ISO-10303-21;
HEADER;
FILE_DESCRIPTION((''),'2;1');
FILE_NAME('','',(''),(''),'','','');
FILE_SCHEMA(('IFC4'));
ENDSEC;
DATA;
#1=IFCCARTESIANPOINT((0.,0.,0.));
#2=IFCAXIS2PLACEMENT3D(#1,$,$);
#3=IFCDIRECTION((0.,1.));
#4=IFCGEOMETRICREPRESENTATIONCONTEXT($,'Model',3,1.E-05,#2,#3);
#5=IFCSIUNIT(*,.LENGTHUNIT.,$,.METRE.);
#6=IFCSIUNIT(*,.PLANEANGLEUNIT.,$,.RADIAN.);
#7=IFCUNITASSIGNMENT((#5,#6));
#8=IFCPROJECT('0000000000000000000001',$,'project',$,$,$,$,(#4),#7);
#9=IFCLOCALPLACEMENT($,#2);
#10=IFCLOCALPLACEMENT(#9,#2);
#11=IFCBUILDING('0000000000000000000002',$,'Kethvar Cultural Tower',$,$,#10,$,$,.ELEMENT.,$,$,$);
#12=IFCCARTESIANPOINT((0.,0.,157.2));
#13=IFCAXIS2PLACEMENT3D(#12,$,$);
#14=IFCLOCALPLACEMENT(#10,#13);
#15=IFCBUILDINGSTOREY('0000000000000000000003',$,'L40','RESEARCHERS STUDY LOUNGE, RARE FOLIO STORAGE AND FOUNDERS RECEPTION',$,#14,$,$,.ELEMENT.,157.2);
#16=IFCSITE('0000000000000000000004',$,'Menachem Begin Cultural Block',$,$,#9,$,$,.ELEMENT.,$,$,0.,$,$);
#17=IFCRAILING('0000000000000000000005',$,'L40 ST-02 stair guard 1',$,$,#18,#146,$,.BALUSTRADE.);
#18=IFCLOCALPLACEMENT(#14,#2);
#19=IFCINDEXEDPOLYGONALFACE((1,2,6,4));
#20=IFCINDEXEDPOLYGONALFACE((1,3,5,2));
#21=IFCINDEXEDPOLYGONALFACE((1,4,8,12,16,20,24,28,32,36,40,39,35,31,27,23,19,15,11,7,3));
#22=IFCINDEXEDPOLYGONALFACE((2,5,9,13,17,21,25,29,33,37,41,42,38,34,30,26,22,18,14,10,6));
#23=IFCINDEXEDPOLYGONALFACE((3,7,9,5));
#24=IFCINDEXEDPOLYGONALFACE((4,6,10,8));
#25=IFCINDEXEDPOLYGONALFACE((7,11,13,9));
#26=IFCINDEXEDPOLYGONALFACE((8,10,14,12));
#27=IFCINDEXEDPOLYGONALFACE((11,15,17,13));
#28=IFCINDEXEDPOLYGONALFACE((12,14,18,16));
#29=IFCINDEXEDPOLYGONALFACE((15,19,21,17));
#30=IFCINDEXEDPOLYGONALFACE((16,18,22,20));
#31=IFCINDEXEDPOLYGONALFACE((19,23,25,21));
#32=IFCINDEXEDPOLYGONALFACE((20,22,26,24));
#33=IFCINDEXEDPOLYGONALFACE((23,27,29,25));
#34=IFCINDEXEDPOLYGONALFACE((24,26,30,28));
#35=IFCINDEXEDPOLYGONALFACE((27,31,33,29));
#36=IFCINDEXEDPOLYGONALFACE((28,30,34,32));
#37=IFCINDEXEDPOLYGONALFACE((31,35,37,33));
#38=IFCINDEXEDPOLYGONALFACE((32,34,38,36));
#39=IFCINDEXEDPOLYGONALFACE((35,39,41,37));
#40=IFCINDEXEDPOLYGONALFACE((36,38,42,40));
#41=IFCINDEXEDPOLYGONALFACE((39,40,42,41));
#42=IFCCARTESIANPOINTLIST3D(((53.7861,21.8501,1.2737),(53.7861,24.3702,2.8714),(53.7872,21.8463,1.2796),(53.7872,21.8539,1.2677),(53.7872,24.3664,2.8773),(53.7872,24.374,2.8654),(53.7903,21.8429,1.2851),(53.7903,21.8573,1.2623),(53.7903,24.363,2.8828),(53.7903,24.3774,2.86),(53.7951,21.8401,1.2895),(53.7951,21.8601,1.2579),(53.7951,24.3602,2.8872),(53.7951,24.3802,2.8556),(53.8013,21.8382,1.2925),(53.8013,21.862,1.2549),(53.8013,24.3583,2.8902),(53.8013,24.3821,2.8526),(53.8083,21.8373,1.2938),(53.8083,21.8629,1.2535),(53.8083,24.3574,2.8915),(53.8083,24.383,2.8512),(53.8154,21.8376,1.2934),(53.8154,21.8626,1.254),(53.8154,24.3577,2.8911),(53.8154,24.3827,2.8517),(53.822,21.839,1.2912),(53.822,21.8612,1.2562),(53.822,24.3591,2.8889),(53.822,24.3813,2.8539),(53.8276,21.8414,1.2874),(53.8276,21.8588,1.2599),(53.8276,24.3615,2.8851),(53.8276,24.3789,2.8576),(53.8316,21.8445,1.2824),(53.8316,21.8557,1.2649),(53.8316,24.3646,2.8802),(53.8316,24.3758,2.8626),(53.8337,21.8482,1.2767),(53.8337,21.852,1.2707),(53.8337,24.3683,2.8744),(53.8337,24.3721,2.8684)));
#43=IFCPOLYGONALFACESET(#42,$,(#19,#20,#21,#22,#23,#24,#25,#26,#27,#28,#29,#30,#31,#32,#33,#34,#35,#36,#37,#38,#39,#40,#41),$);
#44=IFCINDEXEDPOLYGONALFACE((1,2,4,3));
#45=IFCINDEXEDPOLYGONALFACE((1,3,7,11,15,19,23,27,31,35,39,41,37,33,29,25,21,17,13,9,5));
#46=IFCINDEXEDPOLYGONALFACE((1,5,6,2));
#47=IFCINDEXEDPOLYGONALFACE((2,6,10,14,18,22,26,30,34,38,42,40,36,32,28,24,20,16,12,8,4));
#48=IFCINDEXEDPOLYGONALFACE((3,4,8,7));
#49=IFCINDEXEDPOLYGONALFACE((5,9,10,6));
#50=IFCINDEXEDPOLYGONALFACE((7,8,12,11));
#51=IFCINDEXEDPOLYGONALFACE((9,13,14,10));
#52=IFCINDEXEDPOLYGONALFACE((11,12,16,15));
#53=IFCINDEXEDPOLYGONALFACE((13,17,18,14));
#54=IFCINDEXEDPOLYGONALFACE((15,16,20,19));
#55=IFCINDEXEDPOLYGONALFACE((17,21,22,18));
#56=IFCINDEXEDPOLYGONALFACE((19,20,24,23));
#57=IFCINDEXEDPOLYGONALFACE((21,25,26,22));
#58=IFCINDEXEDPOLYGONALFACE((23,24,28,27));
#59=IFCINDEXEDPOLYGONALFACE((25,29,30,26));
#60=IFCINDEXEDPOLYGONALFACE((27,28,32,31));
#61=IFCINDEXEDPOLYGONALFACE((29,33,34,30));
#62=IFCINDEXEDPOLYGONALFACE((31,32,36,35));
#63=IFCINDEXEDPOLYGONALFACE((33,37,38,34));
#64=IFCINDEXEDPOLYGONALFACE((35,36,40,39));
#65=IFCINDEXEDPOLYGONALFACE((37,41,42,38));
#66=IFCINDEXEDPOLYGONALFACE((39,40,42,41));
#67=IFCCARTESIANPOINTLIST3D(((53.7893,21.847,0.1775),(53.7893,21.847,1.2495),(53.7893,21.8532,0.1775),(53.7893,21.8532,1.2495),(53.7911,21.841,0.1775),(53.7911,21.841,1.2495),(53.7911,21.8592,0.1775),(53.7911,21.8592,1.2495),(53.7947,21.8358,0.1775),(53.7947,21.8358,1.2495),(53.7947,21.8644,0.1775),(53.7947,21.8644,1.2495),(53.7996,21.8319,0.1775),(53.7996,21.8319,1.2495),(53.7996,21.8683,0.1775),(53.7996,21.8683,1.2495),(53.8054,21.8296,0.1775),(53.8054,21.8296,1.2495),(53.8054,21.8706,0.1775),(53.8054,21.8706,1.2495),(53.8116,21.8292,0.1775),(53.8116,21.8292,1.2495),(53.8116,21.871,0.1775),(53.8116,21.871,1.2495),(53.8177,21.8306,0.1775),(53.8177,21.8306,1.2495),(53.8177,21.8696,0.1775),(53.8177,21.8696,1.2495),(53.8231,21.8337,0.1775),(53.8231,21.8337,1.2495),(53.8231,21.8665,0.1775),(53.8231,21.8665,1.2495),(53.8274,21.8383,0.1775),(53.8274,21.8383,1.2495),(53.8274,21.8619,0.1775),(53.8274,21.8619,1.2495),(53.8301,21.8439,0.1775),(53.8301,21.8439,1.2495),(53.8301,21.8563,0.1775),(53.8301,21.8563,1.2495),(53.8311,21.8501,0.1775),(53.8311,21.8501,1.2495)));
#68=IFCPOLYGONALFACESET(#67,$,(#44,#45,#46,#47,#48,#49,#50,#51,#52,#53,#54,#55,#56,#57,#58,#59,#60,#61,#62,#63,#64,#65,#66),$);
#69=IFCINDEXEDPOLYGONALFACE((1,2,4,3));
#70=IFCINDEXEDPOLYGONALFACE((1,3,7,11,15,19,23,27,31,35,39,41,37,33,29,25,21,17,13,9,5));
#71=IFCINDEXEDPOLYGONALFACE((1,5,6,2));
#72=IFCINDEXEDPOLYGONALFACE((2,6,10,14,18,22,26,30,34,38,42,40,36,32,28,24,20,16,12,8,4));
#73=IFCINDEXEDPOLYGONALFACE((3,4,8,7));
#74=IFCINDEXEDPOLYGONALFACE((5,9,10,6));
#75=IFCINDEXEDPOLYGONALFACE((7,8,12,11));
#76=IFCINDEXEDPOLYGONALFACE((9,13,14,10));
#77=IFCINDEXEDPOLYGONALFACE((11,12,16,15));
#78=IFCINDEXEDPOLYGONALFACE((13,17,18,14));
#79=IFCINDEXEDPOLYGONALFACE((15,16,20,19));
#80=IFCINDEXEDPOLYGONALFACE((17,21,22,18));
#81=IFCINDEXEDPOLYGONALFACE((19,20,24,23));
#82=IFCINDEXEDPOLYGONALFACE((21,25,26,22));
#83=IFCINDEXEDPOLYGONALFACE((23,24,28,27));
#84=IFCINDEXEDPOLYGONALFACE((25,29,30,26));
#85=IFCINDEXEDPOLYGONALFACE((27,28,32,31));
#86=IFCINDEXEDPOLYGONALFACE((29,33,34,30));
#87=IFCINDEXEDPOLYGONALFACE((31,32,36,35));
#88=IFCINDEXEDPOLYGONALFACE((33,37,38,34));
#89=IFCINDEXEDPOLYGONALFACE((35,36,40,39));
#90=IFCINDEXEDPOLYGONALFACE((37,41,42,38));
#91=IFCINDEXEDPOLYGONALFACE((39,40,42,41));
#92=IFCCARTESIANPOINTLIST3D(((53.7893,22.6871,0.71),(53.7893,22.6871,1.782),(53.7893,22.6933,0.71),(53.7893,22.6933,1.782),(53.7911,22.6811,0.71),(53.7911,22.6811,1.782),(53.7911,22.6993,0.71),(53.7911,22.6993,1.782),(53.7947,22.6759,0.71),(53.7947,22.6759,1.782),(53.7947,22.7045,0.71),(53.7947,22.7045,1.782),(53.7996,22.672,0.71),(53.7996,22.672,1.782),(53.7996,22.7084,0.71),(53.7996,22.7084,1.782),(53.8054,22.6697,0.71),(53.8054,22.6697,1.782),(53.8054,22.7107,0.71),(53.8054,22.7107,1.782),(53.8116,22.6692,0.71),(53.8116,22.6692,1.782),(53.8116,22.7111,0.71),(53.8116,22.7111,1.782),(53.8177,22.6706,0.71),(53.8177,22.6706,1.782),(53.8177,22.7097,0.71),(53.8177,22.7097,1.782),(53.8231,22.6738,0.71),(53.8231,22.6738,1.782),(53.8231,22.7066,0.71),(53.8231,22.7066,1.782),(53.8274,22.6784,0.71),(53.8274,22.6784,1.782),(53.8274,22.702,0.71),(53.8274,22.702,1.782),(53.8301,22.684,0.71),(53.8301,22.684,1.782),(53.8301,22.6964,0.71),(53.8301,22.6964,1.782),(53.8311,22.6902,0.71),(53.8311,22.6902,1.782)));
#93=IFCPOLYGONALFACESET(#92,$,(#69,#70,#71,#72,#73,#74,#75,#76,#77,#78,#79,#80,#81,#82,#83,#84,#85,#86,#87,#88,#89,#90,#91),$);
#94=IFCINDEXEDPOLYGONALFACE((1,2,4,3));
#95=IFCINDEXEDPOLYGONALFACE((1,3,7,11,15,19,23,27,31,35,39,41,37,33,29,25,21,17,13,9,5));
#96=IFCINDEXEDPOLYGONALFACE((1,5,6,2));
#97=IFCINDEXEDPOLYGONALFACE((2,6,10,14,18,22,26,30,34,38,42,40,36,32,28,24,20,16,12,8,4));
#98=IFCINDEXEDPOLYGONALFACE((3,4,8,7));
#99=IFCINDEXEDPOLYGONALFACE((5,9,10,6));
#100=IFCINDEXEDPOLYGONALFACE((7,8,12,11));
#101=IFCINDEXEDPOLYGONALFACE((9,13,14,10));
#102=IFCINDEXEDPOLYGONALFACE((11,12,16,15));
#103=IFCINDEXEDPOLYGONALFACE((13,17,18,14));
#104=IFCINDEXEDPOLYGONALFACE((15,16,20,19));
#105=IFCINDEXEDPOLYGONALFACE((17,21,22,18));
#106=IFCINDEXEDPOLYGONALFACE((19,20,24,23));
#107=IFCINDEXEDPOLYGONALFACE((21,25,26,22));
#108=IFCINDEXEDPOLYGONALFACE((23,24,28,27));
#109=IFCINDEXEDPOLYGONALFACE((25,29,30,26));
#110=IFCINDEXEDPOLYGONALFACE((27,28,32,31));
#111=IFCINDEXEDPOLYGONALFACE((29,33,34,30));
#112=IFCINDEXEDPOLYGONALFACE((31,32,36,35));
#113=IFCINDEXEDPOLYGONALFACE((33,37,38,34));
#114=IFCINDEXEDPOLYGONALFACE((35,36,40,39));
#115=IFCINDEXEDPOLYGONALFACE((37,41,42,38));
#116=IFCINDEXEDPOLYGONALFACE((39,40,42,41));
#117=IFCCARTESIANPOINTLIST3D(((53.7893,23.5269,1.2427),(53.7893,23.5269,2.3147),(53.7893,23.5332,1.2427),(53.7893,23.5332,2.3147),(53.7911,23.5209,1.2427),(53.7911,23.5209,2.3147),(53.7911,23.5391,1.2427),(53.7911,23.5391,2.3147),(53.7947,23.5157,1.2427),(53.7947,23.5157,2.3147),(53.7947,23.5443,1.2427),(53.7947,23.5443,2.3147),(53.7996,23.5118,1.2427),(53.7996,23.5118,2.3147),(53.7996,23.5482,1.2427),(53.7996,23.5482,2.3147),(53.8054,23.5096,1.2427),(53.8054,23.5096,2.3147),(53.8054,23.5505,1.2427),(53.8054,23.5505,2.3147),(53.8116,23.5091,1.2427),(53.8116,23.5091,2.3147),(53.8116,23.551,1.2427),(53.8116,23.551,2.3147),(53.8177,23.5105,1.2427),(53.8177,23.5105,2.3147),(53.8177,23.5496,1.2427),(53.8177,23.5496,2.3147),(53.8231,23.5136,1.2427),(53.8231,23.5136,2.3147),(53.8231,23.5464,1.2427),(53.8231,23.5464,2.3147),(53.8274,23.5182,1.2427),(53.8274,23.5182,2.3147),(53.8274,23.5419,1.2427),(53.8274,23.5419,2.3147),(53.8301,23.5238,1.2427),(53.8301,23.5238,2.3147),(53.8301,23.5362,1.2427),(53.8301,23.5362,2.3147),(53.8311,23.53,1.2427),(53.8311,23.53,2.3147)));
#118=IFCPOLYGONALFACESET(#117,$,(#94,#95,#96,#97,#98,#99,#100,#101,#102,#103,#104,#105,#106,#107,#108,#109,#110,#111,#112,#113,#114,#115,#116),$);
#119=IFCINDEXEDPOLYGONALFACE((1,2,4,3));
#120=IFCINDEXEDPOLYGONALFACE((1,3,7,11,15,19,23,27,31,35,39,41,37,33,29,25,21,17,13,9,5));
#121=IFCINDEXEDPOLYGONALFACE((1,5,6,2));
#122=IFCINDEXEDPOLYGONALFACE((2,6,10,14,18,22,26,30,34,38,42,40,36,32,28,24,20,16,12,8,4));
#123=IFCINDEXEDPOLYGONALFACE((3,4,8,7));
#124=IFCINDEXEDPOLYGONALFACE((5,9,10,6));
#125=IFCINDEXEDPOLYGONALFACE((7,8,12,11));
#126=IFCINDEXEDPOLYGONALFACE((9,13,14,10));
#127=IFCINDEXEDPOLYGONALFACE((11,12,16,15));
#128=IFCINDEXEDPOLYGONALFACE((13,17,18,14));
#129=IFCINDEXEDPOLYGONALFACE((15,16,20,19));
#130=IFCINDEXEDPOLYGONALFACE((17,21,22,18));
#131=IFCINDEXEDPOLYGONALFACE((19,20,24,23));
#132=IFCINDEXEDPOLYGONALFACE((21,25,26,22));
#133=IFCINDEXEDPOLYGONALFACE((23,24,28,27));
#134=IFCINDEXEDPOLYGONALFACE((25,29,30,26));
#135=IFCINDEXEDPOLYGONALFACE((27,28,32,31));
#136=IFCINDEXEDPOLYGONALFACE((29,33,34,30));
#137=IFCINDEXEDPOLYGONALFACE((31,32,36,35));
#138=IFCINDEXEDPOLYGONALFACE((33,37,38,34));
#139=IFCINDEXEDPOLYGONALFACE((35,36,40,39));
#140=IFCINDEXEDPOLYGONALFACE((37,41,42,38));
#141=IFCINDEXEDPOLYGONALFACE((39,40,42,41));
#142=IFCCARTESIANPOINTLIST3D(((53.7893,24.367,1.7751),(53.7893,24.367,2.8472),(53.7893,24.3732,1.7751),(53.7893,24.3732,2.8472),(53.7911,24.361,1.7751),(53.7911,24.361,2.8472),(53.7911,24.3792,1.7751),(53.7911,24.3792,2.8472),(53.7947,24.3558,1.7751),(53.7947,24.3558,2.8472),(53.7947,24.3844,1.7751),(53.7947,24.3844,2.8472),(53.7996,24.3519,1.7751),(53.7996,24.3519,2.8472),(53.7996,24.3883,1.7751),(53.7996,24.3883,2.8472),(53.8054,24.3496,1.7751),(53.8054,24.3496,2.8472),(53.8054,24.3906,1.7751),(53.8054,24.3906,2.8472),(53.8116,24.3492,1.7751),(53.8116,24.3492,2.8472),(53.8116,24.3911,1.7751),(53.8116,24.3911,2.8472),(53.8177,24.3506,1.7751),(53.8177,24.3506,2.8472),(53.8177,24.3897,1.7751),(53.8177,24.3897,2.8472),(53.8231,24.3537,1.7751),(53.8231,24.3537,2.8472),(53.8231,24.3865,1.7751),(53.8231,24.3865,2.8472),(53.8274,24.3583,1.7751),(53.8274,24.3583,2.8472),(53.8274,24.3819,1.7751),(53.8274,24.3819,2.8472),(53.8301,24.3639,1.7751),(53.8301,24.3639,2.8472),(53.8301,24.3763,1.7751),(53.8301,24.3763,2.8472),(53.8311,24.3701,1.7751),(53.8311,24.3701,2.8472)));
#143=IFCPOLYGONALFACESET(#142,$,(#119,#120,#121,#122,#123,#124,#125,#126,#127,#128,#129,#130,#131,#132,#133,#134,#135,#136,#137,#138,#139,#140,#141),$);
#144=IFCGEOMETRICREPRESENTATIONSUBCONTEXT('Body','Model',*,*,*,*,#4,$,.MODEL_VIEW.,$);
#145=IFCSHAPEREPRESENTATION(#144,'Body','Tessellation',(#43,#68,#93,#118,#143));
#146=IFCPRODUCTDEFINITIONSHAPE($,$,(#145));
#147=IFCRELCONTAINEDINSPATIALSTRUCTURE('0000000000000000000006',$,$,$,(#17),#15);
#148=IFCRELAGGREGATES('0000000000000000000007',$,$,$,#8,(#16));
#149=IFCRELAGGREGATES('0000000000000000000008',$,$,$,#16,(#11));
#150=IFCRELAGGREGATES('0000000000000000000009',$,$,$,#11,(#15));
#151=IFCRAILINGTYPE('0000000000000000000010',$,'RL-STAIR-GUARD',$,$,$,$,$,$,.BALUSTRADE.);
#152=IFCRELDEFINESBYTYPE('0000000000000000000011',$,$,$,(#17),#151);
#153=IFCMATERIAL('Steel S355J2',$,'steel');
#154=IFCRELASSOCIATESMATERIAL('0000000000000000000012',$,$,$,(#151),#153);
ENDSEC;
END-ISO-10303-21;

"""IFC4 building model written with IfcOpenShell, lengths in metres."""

from ifc_helpers import new_model, si_unit, direction, frame, origin, origin_2d, place, context, subcontext, project, spatial, circle, extrude, material, type_object, element, save


model = new_model("IFC4")

# Units and contexts
model_context = context("Model", 3, precision=1e-05, world=origin(), true_north=direction((0.0, 1.0)))
body_context = subcontext(model_context, "Body", "Model", "MODEL_VIEW")
ifc_project = project(units=[si_unit("LENGTHUNIT", "METRE"), si_unit("PLANEANGLEUNIT", "RADIAN")], contexts=[model_context])

# Site, building, storey
site_placement = place(None, origin())
site = spatial("IfcSite", under=ifc_project, at=site_placement, Name="Menachem Begin Cultural Block", CompositionType="ELEMENT", RefElevation=0.0)
building_placement = place(site_placement, origin())
building = spatial("IfcBuilding", under=site, at=building_placement, Name="Kethvar Cultural Tower", CompositionType="ELEMENT")
storey_placement = place(building_placement, frame((0.0, 0.0, 157.2)))
storey = spatial("IfcBuildingStorey", under=building, at=storey_placement, Name="L40", Description="RESEARCHERS STUDY LOUNGE, RARE FOLIO STORAGE AND FOUNDERS RECEPTION", CompositionType="ELEMENT", Elevation=157.2)

# Shared definitions
ifc_material_1 = material(Name="Steel S355J2", Category="steel")

# Railing
railing_type_1 = type_object("IfcRailingType", Name="RL-STAIR-GUARD", PredefinedType="BALUSTRADE", material=ifc_material_1)
railing_1_placement = place(storey_placement, frame((53.8101, 21.8501, 0.1775)))
element("IfcRailing", 1, at=railing_1_placement, inside=storey, type_object=railing_type_1, Name="L40 ST-02 stair guard 1", PredefinedType="BALUSTRADE", context=body_context, shape_type="SweptSolid", body=[
    extrude(circle(Radius=0.0239, at=origin_2d()), frame((0.0, 0.0, 1.0962), z_axis=(0.0, 0.84457, 0.535445), x_axis=(-1.0, 0.0, 0.0)), (0.0, 0.0, 1.0), 2.9839),
    extrude(circle(Radius=0.021, at=origin_2d()), origin(), (0.0, 0.0, 1.0), 1.072),
    extrude(circle(Radius=0.021, at=origin_2d()), frame((0.0, 0.8401, 0.5325)), (0.0, 0.0, 1.0), 1.072),
    extrude(circle(Radius=0.021, at=origin_2d()), frame((0.0, 1.6799, 1.0652)), (0.0, 0.0, 1.0), 1.072),
    extrude(circle(Radius=0.021, at=origin_2d()), frame((0.0, 2.52, 1.5977)), (0.0, 0.0, 1.0), 1.072),
])

save(model, "model.ifc")
